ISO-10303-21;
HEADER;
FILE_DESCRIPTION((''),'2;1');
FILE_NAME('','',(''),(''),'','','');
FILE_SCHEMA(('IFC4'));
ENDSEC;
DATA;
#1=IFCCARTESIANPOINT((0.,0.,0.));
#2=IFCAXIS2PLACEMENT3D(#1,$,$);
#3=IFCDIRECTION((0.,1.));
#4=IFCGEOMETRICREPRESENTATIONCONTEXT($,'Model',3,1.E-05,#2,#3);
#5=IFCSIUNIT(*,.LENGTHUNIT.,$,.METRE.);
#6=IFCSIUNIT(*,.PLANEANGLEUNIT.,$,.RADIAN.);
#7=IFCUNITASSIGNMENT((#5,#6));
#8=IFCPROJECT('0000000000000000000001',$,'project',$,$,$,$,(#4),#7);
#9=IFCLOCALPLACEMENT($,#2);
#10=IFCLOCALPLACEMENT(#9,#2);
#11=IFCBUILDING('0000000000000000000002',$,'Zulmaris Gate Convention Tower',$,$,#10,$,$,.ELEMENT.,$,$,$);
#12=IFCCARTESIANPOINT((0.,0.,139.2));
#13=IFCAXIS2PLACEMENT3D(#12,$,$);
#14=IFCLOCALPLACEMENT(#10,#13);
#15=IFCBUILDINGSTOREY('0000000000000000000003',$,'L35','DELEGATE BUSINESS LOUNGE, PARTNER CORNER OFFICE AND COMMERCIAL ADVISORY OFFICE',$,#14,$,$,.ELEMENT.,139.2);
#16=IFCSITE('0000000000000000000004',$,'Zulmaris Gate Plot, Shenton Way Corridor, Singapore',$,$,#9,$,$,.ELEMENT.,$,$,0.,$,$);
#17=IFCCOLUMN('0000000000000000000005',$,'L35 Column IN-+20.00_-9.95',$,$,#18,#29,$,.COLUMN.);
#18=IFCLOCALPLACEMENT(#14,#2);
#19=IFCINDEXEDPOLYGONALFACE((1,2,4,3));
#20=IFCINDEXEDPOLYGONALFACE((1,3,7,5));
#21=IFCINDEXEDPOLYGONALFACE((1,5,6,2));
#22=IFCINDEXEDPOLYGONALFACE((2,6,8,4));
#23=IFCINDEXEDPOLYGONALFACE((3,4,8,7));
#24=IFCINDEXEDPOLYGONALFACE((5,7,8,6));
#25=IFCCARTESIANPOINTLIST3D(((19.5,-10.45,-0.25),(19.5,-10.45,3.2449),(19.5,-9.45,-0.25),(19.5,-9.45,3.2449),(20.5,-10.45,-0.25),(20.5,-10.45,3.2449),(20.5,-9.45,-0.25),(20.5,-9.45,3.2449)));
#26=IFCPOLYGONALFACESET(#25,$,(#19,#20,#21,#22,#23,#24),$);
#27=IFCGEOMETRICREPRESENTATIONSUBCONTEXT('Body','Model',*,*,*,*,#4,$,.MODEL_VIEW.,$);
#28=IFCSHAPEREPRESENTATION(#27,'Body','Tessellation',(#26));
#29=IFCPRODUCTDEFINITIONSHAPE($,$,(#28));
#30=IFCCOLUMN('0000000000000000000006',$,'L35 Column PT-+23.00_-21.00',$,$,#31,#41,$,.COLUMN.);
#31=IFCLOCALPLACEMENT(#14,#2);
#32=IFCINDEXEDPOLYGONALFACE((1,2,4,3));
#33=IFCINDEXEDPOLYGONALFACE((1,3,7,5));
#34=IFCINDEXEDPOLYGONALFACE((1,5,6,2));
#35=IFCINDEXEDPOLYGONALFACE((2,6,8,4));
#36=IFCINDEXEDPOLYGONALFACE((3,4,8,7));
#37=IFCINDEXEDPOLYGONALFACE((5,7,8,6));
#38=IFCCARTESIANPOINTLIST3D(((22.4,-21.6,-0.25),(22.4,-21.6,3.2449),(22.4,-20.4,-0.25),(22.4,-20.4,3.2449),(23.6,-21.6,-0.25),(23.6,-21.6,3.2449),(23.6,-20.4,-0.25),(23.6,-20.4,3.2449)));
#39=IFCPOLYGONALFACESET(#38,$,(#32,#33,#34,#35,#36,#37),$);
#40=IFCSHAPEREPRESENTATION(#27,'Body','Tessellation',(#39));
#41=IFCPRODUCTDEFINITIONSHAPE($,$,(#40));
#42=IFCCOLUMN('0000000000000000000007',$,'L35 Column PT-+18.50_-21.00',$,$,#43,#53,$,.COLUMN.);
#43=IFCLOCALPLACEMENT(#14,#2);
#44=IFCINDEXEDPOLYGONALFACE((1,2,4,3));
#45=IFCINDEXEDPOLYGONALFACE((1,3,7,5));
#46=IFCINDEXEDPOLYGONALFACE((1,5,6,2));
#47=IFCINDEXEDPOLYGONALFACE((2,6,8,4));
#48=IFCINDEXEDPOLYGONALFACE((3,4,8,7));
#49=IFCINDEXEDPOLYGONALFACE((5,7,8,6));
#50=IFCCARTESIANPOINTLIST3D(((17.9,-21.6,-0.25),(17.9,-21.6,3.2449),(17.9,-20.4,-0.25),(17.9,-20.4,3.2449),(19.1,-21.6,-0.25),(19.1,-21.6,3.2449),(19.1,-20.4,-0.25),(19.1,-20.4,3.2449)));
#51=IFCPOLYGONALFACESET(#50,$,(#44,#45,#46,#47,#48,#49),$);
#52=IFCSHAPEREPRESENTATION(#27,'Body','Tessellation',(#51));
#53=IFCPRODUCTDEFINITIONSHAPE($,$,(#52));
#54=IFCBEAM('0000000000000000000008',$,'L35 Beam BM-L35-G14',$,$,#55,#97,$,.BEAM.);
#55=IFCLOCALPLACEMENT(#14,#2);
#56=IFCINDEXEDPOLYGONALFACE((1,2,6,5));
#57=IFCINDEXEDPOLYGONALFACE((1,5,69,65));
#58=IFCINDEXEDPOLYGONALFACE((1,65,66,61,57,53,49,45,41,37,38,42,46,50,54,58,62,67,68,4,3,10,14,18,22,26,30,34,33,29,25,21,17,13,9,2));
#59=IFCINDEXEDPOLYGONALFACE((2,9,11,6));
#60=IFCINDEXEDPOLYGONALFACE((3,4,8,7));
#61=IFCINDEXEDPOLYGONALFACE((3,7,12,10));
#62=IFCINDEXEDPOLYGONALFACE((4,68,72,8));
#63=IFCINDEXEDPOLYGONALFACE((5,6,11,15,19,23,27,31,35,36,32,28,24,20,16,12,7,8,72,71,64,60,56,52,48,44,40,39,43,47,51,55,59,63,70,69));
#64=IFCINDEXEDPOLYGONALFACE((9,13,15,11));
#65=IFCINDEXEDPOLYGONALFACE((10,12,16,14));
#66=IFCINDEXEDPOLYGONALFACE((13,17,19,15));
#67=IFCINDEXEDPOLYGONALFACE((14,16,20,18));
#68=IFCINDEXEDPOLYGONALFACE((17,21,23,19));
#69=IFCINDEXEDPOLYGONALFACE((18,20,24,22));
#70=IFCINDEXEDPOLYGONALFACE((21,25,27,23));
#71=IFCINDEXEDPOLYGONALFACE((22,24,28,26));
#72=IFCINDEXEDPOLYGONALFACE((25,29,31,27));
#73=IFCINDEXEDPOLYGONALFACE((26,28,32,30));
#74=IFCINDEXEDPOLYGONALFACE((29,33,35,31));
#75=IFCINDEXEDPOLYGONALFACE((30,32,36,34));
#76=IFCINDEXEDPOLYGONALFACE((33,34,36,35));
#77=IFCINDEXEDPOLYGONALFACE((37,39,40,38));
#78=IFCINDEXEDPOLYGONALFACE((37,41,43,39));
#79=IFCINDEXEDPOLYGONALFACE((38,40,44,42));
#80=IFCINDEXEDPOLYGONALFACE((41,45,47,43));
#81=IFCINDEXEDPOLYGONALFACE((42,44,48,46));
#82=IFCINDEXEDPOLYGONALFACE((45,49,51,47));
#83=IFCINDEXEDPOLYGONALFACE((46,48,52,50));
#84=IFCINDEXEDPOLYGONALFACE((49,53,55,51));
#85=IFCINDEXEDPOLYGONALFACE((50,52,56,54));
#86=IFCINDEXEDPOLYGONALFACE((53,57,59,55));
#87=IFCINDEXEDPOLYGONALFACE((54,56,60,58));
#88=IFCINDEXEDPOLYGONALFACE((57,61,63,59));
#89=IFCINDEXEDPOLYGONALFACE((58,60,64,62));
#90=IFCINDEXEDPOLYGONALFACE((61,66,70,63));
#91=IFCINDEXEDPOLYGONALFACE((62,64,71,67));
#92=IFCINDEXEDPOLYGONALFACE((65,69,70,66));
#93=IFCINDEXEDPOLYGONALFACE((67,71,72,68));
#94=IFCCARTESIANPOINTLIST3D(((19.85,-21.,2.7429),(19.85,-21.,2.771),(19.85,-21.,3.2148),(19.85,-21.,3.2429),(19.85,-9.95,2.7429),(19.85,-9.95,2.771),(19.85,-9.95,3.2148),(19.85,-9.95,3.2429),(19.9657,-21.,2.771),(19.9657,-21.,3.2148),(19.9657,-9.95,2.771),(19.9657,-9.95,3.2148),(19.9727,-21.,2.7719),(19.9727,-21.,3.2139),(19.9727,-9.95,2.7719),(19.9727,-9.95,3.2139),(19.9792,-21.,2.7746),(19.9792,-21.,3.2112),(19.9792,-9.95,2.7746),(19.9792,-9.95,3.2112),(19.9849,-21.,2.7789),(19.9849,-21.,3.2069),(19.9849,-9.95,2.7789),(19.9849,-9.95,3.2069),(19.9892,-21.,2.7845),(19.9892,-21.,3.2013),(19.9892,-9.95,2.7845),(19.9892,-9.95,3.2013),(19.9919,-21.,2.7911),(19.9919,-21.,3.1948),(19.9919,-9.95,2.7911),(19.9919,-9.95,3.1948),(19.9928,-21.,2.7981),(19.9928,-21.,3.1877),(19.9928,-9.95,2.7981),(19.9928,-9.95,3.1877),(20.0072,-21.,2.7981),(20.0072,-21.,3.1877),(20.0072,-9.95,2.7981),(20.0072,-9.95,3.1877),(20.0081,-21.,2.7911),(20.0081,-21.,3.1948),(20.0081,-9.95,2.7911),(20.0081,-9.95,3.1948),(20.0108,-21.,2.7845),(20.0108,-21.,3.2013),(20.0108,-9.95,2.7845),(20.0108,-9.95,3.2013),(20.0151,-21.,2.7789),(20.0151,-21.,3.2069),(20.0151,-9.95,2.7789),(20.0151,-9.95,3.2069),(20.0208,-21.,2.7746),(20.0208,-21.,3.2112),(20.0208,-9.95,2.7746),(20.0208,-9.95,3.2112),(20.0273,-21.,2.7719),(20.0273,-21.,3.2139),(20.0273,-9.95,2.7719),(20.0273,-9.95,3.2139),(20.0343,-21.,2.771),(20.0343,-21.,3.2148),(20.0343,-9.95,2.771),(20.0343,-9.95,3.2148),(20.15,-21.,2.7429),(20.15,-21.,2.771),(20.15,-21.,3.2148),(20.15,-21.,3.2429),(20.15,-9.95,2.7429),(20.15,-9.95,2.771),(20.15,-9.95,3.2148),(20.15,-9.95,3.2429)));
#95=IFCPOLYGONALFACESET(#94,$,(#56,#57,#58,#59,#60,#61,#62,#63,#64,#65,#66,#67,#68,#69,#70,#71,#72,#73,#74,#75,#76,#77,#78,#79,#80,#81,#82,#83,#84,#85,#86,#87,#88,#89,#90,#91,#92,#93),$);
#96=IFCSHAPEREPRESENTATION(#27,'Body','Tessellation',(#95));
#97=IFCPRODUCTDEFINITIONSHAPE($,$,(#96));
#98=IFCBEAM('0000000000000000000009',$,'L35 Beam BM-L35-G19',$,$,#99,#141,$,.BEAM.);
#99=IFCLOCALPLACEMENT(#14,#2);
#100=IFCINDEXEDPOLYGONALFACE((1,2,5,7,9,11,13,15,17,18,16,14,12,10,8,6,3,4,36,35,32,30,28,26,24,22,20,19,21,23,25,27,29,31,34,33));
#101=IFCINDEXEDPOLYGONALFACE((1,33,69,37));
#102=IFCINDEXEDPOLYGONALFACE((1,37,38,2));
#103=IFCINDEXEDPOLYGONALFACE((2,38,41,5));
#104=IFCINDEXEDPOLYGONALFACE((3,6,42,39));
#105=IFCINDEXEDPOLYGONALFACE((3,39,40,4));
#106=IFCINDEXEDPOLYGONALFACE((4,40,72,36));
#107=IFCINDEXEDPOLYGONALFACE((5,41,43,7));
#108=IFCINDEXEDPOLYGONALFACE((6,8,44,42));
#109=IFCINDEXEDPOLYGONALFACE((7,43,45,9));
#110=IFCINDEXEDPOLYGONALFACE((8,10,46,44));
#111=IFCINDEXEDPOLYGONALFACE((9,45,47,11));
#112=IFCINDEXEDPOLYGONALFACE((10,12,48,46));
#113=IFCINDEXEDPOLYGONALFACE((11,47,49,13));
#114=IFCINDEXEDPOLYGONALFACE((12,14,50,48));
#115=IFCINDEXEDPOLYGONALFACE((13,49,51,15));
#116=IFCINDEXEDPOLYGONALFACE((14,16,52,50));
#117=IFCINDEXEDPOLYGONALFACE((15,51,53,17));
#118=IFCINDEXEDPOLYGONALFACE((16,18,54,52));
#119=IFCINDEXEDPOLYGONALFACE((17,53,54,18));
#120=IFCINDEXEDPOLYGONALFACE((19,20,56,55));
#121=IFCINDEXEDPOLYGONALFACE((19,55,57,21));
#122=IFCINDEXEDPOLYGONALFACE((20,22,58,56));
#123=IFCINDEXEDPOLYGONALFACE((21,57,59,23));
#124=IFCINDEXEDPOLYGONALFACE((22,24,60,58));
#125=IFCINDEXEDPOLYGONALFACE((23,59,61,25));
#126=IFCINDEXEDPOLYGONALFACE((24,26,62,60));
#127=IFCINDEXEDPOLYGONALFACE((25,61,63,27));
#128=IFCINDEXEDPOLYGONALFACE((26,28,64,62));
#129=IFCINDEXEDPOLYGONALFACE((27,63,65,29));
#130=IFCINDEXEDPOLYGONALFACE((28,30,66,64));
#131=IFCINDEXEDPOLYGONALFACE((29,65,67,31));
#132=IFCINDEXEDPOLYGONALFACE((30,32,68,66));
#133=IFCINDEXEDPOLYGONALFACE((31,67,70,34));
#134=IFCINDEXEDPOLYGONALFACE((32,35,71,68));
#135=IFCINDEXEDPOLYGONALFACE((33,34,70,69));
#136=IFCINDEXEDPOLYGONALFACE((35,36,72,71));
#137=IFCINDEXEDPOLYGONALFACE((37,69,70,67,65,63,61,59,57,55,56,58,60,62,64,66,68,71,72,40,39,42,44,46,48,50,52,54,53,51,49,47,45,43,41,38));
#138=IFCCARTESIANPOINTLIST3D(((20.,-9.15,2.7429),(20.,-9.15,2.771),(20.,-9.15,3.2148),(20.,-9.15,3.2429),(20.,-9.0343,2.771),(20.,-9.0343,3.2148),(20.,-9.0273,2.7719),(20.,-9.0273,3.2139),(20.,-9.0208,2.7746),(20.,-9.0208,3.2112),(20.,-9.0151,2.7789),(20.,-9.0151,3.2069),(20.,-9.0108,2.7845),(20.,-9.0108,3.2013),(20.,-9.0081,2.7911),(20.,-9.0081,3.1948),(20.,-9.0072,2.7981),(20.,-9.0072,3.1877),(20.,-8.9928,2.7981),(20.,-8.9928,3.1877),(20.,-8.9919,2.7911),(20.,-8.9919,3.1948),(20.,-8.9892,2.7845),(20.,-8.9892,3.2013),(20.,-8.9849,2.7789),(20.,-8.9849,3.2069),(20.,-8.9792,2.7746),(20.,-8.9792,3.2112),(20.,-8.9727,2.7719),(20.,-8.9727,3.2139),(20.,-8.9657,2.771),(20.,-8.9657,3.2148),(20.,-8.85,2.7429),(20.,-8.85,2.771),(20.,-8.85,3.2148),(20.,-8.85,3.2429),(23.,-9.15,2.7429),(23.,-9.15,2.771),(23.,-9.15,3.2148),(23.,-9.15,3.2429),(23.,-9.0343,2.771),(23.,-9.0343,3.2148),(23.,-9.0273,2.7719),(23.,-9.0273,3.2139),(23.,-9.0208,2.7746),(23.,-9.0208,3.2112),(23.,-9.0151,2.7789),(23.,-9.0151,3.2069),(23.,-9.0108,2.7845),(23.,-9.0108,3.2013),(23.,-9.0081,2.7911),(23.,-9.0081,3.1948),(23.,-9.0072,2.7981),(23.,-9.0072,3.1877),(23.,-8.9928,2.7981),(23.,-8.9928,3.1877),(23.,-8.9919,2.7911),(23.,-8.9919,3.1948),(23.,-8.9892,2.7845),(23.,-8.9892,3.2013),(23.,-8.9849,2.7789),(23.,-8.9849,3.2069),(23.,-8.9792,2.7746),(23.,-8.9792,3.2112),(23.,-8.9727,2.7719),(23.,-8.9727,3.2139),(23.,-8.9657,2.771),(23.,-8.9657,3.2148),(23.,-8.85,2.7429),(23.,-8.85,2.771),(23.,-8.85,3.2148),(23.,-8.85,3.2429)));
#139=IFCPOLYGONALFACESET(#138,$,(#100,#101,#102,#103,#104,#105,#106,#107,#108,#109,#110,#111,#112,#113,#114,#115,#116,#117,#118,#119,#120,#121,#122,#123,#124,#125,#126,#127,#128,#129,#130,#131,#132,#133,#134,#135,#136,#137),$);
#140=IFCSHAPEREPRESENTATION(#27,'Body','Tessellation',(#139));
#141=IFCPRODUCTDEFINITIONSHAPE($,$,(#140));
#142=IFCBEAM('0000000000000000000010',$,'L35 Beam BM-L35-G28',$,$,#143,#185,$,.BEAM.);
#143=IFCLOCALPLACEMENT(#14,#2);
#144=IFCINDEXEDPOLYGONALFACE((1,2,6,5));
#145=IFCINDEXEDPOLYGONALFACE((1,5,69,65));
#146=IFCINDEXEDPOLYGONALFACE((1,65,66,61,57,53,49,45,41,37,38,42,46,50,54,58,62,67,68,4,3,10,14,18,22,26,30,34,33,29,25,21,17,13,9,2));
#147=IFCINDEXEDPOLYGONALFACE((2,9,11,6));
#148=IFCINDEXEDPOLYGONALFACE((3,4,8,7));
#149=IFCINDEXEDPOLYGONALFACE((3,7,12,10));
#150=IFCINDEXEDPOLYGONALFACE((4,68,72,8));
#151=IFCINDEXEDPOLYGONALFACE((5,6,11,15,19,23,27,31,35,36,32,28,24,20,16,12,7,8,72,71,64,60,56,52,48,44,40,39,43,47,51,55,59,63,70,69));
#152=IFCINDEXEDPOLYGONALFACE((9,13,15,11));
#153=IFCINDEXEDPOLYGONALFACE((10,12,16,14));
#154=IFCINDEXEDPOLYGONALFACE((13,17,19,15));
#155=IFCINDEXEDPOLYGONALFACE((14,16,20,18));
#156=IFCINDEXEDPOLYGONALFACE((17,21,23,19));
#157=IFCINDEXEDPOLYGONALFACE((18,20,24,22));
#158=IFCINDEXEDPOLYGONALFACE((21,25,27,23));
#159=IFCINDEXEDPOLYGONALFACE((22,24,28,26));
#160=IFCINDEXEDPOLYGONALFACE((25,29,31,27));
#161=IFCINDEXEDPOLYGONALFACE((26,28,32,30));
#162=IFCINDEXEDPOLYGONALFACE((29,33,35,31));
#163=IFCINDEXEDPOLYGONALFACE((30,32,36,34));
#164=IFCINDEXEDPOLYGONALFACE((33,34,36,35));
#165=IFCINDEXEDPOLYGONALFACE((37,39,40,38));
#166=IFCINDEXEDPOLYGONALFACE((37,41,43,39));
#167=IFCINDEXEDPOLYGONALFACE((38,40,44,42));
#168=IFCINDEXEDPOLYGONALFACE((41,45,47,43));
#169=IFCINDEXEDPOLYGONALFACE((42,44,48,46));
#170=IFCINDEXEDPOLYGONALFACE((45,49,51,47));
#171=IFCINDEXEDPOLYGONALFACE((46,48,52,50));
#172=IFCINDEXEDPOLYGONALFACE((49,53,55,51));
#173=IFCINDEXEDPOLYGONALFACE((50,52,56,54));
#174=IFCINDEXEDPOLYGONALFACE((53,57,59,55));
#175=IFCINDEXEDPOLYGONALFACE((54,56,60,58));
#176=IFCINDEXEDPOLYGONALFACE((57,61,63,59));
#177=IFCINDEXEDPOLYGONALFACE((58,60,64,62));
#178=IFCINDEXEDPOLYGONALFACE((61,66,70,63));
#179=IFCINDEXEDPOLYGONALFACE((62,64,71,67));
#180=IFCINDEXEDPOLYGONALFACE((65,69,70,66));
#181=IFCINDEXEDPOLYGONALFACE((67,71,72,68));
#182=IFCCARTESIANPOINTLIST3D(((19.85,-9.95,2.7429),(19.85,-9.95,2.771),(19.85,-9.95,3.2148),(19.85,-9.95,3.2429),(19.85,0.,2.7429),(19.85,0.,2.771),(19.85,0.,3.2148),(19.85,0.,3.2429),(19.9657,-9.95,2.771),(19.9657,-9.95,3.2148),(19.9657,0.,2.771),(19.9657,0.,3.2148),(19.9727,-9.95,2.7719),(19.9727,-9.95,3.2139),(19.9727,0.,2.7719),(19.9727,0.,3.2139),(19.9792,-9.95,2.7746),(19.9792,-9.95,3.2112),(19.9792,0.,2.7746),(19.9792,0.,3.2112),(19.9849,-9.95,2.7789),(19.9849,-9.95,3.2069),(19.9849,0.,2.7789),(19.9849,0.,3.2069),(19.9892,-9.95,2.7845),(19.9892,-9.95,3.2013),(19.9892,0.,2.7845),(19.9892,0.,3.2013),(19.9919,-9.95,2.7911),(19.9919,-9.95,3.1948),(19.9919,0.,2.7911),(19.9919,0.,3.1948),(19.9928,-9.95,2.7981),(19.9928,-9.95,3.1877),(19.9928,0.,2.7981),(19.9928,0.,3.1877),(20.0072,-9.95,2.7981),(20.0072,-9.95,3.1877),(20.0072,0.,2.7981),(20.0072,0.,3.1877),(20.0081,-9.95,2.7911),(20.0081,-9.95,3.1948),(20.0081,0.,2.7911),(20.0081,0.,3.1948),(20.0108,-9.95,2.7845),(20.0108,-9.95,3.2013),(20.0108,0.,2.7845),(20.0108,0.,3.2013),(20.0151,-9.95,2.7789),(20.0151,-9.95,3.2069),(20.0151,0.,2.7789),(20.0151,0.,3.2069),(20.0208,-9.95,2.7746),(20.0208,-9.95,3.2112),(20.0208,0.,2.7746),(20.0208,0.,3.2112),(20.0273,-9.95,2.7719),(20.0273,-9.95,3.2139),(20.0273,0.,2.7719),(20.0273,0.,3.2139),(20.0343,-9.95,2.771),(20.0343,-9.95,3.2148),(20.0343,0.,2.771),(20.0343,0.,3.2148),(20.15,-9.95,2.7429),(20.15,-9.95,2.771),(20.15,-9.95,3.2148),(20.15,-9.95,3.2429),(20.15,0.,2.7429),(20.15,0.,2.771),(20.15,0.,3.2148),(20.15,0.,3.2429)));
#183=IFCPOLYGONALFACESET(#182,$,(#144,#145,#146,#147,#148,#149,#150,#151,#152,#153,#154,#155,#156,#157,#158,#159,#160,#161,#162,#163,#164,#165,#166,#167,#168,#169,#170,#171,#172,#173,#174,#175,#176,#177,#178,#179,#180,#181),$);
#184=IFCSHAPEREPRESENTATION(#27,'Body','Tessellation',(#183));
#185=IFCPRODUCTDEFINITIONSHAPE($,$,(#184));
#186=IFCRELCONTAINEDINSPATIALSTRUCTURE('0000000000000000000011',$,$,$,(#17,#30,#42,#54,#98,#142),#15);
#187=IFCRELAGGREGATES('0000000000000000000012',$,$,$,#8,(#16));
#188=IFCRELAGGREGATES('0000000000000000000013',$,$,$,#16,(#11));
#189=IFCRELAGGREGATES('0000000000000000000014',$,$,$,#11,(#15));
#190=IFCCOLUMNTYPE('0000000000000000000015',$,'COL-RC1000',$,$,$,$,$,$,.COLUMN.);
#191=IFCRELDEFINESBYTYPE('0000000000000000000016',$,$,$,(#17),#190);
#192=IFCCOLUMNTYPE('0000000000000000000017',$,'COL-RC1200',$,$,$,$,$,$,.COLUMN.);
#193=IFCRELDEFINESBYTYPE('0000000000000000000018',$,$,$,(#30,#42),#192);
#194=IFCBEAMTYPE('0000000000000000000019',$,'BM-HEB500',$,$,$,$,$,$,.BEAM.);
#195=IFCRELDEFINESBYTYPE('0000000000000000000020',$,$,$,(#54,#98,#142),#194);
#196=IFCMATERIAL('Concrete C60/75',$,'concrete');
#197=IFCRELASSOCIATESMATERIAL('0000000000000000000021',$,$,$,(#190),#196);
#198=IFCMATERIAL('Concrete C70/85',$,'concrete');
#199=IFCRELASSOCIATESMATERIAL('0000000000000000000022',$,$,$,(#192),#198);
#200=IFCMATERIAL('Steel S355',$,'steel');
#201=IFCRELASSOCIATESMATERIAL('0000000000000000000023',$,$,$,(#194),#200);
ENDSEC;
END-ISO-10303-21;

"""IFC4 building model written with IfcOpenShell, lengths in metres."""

from ifc_helpers import new_model, si_unit, direction, frame, origin, origin_2d, place, context, subcontext, project, spatial, rectangle, i_section, extrude, material, material_profile, profile_set, type_object, element, save


model = new_model("IFC4")

# Units and contexts
model_context = context("Model", 3, precision=1e-05, world=origin(), true_north=direction((0.0, 1.0)))
body_context = subcontext(model_context, "Body", "Model", "MODEL_VIEW")
ifc_project = project(units=[si_unit("LENGTHUNIT", "METRE"), si_unit("PLANEANGLEUNIT", "RADIAN")], contexts=[model_context])

# Site, building, storey
site_placement = place(None, origin())
site = spatial("IfcSite", under=ifc_project, at=site_placement, Name="Zulmaris Gate Plot, Shenton Way Corridor, Singapore", CompositionType="ELEMENT", RefElevation=0.0)
building_placement = place(site_placement, origin())
building = spatial("IfcBuilding", under=site, at=building_placement, Name="Zulmaris Gate Convention Tower", CompositionType="ELEMENT")
storey_placement = place(building_placement, frame((0.0, 0.0, 139.2)))
storey = spatial("IfcBuildingStorey", under=building, at=storey_placement, Name="L35", Description="DELEGATE BUSINESS LOUNGE, PARTNER CORNER OFFICE AND COMMERCIAL ADVISORY OFFICE", CompositionType="ELEMENT", Elevation=139.2)

# Columns
ifc_material_1 = material(Name="Concrete C60/75", Category="concrete")
ifc_material_profile_1 = material_profile(ifc_material_1, rectangle(XDim=1.0, YDim=1.0, at=origin_2d()), Name="RC COL 1000x1000")
ifc_profile_set_1 = profile_set([ifc_material_profile_1], Name="Concrete C60/75")
column_type_1 = type_object("IfcColumnType", Name="COL-RC1000", PredefinedType="COLUMN", material=ifc_profile_set_1)
column_placement = place(storey_placement, frame((20.0, -9.95, -0.25), z_axis=(0.0, 0.0, 1.0), x_axis=(1.0, 0.0, 0.0)))
element("IfcColumn", 1, at=column_placement, inside=storey, type_object=column_type_1, Name="L35 Column IN-+20.00_-9.95", PredefinedType="COLUMN", context=body_context, shape_type="SweptSolid", body=[
    extrude(rectangle(XDim=1.0, YDim=1.0, at=origin_2d()), origin(), (0.0, 0.0, 1.0), 3.4949),
])
ifc_material_2 = material(Name="Concrete C70/85", Category="concrete")
ifc_material_profile_2 = material_profile(ifc_material_2, rectangle(XDim=1.2, YDim=1.2, at=origin_2d()), Name="RC COL 1200x1200")
ifc_profile_set_2 = profile_set([ifc_material_profile_2], Name="Concrete C70/85")
column_type_2 = type_object("IfcColumnType", Name="COL-RC1200", PredefinedType="COLUMN", material=ifc_profile_set_2)
for number, where, z_axis, x_axis, name in (
    (2, (23.0, -21.0, -0.25), (0.0, 0.0, 1.0), (1.0, 0.0, 0.0), "L35 Column PT-+23.00_-21.00"),
    (3, (18.5, -21.0, -0.25), (0.0, 0.0, 1.0), (1.0, 0.0, 0.0), "L35 Column PT-+18.50_-21.00"),
):
    element("IfcColumn", number, at=place(storey_placement, frame(where, z_axis=z_axis, x_axis=x_axis)), inside=storey, type_object=column_type_2, Name=name, PredefinedType="COLUMN", context=body_context, shape_type="SweptSolid", body=[
        extrude(rectangle(XDim=1.2, YDim=1.2, at=origin_2d()), origin(), (0.0, 0.0, 1.0), 3.4949),
    ])

# Beams
ifc_material_3 = material(Name="Steel S355", Category="steel")
ifc_material_profile_3 = material_profile(ifc_material_3, i_section(OverallWidth=0.3, OverallDepth=0.5, WebThickness=0.0144, FlangeThickness=0.0281, FilletRadius=0.0271, at=origin_2d()), Name="HEB 500")
ifc_profile_set_3 = profile_set([ifc_material_profile_3], Name="Steel S355")
beam_type_1 = type_object("IfcBeamType", Name="BM-HEB500", PredefinedType="BEAM", material=ifc_profile_set_3)
beam_1_placement = place(storey_placement, frame((20.0, -21.0, 2.9929), z_axis=(0.0, 1.0, 0.0), x_axis=(-1.0, 0.0, 0.0)))
element("IfcBeam", 4, at=beam_1_placement, inside=storey, type_object=beam_type_1, Name="L35 Beam BM-L35-G14", PredefinedType="BEAM", context=body_context, shape_type="SweptSolid", body=[
    extrude(i_section(OverallWidth=0.3, OverallDepth=0.5, WebThickness=0.0144, FlangeThickness=0.0281, FilletRadius=0.0271, at=origin_2d()), origin(), (0.0, 0.0, 1.0), 11.05),
])
beam_2_placement = place(storey_placement, frame((20.0, -9.0, 2.9929), z_axis=(1.0, 0.0, 0.0), x_axis=(0.0, 1.0, 0.0)))
element("IfcBeam", 5, at=beam_2_placement, inside=storey, type_object=beam_type_1, Name="L35 Beam BM-L35-G19", PredefinedType="BEAM", context=body_context, shape_type="SweptSolid", body=[
    extrude(i_section(OverallWidth=0.3, OverallDepth=0.5, WebThickness=0.0144, FlangeThickness=0.0281, FilletRadius=0.0271, at=origin_2d()), origin(), (0.0, 0.0, 1.0), 3.0),
])
beam_3_placement = place(storey_placement, frame((20.0, -9.95, 2.9929), z_axis=(0.0, 1.0, 0.0), x_axis=(-1.0, 0.0, 0.0)))
element("IfcBeam", 6, at=beam_3_placement, inside=storey, type_object=beam_type_1, Name="L35 Beam BM-L35-G28", PredefinedType="BEAM", context=body_context, shape_type="SweptSolid", body=[
    extrude(i_section(OverallWidth=0.3, OverallDepth=0.5, WebThickness=0.0144, FlangeThickness=0.0281, FilletRadius=0.0271, at=origin_2d()), origin(), (0.0, 0.0, 1.0), 9.95),
])

save(model, "model.ifc")
